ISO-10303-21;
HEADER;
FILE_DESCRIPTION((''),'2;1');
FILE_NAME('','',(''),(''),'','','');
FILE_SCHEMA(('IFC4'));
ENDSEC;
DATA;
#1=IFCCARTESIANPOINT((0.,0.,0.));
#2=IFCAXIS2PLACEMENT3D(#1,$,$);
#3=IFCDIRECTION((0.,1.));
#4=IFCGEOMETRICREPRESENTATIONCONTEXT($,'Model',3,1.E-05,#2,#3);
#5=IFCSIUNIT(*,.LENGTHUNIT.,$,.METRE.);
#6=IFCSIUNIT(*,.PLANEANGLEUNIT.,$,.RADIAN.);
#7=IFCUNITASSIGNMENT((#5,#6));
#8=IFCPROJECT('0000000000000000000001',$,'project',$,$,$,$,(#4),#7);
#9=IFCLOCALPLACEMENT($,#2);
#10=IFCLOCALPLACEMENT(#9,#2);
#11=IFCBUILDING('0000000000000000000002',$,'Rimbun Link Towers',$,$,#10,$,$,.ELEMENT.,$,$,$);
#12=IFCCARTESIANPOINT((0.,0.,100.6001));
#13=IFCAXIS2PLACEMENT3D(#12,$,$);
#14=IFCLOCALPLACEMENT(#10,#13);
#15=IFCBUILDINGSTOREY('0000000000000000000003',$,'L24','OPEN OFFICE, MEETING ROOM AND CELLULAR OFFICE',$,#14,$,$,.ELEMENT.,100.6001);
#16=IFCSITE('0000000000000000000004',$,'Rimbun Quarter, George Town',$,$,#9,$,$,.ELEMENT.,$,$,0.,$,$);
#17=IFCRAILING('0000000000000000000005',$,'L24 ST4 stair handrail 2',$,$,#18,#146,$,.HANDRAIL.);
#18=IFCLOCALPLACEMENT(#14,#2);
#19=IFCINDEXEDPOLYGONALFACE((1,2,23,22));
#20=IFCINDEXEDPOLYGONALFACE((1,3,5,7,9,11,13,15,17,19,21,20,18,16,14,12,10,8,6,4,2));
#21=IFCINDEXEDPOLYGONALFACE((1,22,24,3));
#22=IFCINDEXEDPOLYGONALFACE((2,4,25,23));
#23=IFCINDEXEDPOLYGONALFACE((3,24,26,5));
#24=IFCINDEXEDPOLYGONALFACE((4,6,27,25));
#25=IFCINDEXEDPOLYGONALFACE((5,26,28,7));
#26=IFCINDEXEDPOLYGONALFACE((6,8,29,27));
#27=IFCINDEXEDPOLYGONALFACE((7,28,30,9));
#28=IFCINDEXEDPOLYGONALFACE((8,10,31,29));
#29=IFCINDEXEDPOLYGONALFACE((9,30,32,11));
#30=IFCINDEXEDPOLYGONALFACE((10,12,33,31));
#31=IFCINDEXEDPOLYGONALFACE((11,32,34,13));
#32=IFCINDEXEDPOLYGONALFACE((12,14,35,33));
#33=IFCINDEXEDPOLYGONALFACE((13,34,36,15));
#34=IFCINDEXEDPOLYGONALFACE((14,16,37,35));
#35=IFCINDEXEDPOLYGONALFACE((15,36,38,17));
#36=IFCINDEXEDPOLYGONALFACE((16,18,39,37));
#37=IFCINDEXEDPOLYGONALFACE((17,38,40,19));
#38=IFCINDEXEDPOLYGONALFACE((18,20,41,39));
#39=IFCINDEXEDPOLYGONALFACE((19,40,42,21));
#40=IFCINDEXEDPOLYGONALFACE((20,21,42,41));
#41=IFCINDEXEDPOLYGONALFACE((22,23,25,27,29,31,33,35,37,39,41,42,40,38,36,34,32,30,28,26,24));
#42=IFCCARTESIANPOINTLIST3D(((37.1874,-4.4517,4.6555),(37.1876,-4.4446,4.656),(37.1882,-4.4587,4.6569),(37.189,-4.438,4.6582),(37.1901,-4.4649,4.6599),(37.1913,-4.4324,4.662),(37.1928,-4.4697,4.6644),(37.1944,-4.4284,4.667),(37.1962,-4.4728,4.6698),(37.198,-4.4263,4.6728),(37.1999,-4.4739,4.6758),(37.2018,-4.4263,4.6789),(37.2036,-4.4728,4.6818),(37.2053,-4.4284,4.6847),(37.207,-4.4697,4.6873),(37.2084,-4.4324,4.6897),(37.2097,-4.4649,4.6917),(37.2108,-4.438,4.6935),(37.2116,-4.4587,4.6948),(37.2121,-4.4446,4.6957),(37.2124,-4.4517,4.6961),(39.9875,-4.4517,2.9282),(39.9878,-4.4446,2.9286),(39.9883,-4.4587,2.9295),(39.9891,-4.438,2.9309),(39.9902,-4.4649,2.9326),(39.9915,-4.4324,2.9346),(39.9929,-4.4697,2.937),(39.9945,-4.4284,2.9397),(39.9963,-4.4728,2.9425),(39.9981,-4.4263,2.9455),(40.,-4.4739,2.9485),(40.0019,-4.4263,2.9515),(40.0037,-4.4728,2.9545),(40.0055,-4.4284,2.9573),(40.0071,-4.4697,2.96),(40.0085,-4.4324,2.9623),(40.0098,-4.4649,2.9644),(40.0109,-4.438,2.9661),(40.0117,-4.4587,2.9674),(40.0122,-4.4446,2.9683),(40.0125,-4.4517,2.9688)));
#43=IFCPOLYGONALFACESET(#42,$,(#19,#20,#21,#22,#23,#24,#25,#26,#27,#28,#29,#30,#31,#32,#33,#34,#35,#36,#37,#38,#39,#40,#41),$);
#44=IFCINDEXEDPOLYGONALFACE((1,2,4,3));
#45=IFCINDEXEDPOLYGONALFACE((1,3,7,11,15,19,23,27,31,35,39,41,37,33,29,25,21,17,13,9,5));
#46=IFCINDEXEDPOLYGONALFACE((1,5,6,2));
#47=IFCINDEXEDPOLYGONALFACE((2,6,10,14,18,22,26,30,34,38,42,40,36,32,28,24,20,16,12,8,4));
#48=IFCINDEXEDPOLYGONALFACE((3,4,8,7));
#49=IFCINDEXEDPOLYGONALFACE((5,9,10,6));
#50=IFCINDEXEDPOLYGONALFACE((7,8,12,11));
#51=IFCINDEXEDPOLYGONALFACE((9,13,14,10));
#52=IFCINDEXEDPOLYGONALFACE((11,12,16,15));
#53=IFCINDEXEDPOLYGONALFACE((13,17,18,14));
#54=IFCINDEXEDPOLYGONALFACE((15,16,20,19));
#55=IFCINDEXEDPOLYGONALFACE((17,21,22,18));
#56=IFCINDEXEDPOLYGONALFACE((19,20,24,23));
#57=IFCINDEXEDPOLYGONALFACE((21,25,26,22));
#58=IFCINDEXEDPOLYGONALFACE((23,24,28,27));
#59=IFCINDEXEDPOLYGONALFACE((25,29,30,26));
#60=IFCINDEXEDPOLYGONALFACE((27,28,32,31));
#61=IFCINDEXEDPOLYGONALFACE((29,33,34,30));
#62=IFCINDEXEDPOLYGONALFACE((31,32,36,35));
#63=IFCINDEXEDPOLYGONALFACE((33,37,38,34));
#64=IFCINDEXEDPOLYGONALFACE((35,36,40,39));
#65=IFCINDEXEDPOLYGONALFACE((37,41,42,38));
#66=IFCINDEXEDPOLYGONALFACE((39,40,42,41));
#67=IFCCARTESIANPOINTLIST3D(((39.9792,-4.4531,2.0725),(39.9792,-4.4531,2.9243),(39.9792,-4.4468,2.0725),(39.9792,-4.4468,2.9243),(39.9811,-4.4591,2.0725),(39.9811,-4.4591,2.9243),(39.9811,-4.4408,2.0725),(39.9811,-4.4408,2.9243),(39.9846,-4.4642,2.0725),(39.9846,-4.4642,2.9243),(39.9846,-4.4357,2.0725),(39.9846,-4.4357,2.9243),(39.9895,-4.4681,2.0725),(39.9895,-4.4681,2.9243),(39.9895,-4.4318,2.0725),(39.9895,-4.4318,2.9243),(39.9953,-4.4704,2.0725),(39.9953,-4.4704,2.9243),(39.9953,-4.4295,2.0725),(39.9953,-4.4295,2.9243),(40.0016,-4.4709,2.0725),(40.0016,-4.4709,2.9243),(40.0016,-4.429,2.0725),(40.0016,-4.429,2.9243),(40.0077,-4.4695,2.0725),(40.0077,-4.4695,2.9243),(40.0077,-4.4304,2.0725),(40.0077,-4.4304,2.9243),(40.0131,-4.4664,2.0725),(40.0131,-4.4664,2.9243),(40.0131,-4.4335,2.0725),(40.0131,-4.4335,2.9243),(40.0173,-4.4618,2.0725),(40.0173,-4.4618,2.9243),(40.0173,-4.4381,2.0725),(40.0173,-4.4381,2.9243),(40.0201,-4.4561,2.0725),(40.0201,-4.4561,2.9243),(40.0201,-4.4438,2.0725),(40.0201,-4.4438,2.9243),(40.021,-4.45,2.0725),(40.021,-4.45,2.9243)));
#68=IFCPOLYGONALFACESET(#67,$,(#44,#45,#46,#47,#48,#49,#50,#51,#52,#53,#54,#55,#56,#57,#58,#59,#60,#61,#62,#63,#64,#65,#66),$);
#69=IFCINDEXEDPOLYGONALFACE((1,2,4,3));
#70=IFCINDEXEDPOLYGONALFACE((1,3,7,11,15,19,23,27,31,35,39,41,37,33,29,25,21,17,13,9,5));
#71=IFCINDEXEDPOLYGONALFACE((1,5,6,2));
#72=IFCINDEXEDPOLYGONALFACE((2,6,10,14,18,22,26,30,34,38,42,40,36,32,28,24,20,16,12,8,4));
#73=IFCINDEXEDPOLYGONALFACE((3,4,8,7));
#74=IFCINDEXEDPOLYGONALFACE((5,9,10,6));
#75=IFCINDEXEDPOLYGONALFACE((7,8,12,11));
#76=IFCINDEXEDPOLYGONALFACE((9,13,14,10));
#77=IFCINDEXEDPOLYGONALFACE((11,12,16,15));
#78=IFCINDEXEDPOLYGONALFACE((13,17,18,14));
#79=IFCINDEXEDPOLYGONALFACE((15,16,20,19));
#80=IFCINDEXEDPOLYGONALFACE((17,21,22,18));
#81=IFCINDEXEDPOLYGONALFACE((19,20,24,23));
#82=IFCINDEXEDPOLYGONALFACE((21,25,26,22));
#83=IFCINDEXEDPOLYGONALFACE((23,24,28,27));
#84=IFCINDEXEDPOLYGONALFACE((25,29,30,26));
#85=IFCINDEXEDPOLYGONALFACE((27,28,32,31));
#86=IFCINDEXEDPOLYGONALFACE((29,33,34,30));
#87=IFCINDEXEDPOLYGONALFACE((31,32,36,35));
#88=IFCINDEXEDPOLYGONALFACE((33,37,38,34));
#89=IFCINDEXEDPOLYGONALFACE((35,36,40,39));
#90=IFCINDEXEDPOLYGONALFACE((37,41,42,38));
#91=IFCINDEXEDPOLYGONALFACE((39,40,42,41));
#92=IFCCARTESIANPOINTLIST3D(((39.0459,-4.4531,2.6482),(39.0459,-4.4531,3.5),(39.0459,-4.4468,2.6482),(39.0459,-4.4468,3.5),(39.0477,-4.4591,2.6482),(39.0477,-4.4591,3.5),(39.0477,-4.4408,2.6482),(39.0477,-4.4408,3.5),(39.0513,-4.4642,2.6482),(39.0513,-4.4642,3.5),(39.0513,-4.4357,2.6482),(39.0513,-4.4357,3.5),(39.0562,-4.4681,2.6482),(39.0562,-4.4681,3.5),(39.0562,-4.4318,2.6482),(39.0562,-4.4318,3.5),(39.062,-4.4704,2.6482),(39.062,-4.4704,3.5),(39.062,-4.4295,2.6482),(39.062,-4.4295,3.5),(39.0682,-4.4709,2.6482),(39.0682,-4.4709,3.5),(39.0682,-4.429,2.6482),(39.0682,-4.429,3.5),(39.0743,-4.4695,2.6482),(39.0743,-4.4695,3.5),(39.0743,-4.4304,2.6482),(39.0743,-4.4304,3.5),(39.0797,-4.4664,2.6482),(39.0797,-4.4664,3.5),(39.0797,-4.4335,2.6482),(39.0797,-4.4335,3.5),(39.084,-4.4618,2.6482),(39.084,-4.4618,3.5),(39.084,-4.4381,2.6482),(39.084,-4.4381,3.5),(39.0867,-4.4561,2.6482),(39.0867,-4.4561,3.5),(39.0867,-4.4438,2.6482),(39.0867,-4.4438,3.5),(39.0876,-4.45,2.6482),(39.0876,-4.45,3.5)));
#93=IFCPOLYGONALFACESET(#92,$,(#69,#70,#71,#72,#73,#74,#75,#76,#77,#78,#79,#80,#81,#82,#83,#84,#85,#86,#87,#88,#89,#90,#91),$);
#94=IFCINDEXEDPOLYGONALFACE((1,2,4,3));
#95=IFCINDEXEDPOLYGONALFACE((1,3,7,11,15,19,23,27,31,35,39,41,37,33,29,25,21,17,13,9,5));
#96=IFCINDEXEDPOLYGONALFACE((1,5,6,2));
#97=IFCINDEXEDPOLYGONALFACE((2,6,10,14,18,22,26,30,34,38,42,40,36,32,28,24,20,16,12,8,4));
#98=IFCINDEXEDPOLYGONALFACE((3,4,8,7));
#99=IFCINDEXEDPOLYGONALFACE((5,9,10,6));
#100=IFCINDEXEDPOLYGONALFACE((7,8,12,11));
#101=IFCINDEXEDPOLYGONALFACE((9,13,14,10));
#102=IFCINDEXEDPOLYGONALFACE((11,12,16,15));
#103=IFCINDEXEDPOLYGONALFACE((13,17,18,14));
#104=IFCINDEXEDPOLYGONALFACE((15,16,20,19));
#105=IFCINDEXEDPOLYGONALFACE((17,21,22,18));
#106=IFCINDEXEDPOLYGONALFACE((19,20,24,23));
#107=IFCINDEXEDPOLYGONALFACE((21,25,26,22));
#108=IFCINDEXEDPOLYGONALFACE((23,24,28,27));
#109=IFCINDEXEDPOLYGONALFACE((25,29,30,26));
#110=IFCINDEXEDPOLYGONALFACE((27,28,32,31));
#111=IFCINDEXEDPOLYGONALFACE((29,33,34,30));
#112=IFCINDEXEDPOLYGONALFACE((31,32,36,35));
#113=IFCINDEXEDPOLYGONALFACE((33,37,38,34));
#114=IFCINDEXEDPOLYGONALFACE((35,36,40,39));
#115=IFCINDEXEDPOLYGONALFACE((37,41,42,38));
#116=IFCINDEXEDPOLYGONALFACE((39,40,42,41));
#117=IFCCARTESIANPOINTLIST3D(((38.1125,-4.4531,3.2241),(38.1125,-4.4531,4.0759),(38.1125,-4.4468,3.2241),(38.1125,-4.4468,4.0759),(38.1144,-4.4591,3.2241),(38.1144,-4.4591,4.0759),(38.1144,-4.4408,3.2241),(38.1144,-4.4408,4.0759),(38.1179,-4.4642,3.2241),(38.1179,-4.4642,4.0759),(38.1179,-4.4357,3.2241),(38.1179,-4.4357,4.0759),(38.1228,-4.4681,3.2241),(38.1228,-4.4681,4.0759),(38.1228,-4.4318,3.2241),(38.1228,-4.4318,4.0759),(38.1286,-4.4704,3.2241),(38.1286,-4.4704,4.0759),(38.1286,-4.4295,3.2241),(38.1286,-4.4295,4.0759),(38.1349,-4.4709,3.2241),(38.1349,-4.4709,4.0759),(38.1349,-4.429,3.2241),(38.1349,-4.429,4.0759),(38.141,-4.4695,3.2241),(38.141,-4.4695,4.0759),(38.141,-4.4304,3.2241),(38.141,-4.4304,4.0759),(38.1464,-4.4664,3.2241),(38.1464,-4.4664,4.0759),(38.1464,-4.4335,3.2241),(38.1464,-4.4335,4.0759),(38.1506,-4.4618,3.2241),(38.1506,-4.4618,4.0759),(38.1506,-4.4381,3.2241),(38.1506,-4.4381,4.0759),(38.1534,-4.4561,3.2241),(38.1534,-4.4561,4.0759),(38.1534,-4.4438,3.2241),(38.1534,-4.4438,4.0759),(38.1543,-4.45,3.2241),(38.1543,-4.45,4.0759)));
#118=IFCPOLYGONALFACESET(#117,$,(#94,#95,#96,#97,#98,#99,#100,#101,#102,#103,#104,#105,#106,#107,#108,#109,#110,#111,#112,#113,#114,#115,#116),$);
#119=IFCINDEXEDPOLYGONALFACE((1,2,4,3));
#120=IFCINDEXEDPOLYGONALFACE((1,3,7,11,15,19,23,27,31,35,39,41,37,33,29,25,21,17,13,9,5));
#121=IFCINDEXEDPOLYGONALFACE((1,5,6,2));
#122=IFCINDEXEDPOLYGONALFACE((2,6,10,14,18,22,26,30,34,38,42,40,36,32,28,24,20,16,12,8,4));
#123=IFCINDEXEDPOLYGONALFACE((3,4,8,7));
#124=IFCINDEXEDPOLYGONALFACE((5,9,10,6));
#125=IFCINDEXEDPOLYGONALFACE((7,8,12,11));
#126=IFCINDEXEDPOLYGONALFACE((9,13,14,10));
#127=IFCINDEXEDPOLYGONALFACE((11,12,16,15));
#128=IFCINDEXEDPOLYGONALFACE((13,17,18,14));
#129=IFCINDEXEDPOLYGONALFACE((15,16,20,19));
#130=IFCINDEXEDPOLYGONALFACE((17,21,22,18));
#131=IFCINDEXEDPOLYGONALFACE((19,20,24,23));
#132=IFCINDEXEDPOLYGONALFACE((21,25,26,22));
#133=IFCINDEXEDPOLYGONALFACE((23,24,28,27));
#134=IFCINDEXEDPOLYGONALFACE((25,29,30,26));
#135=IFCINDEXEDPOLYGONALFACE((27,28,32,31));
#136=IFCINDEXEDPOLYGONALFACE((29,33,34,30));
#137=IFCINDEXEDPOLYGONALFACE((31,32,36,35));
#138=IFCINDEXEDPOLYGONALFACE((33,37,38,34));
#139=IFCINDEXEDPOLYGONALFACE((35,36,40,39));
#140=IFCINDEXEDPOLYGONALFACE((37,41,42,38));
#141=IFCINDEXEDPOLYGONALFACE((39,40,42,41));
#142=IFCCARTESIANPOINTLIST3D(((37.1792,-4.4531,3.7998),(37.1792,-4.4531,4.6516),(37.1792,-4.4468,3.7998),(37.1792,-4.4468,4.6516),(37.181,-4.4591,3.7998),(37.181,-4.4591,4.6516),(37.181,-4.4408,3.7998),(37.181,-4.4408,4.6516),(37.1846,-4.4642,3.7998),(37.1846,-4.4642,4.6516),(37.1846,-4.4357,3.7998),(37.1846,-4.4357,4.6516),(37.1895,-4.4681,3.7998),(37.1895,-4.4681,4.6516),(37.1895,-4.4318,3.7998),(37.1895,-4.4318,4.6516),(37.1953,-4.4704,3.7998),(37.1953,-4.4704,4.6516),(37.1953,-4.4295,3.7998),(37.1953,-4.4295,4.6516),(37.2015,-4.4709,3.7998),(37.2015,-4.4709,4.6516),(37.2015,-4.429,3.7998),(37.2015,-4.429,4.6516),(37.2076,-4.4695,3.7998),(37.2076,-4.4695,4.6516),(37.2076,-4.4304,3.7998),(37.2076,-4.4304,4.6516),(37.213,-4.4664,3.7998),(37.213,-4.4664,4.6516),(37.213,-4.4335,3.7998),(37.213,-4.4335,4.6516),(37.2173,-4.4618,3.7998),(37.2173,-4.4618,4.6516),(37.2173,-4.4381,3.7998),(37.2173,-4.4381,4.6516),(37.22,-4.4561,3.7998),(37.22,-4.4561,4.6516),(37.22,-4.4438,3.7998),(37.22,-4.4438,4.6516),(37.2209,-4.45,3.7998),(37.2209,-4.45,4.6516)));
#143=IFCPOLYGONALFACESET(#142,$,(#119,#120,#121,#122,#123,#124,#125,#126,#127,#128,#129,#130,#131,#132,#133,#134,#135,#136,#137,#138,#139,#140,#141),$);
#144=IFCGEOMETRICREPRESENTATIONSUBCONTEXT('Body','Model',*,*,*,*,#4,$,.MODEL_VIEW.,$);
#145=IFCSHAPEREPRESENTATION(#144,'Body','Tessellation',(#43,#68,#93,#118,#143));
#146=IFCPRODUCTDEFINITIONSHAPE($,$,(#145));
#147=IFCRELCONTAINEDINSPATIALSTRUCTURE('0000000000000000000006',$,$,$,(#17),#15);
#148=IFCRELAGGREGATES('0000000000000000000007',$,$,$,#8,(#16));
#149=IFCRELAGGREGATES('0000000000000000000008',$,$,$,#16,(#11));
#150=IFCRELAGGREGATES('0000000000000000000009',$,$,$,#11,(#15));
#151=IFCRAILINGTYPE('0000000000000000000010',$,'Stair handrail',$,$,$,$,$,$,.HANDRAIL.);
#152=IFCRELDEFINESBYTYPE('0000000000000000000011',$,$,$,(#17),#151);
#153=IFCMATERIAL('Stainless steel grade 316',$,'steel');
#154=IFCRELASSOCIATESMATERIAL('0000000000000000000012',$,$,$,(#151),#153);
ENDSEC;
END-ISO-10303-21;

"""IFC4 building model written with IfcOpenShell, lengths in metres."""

from ifc_helpers import new_model, si_unit, direction, frame, origin, origin_2d, place, context, subcontext, project, spatial, circle, extrude, material, type_object, element, save


model = new_model("IFC4")

# Units and contexts
model_context = context("Model", 3, precision=1e-05, world=origin(), true_north=direction((0.0, 1.0)))
body_context = subcontext(model_context, "Body", "Model", "MODEL_VIEW")
ifc_project = project(units=[si_unit("LENGTHUNIT", "METRE"), si_unit("PLANEANGLEUNIT", "RADIAN")], contexts=[model_context])

# Site, building, storey
site_placement = place(None, origin())
site = spatial("IfcSite", under=ifc_project, at=site_placement, Name="Rimbun Quarter, George Town", CompositionType="ELEMENT", RefElevation=0.0)
building_placement = place(site_placement, origin())
building = spatial("IfcBuilding", under=site, at=building_placement, Name="Rimbun Link Towers", CompositionType="ELEMENT")
storey_placement = place(building_placement, frame((0.0, 0.0, 100.6001)))
storey = spatial("IfcBuildingStorey", under=building, at=storey_placement, Name="L24", Description="OPEN OFFICE, MEETING ROOM AND CELLULAR OFFICE", CompositionType="ELEMENT", Elevation=100.6001)

# Railing
ifc_material_1 = material(Name="Stainless steel grade 316", Category="steel")
railing_type = type_object("IfcRailingType", Name="Stair handrail", PredefinedType="HANDRAIL", material=ifc_material_1)
railing_placement = place(storey_placement, frame((40.0, -4.45, 2.0725)))
element("IfcRailing", 1, at=railing_placement, inside=storey, type_object=railing_type, Name="L24 ST4 stair handrail 2", PredefinedType="HANDRAIL", context=body_context, shape_type="SweptSolid", body=[
    extrude(circle(Radius=0.0239, at=origin_2d()), frame((0.0, 0.0, 0.876), z_axis=(-0.85109, 0.0, 0.52502), x_axis=(0.0, -1.0, 0.0)), (0.0, 0.0, 1.0), 3.29),
    extrude(circle(Radius=0.021, at=origin_2d()), origin(), (0.0, 0.0, 1.0), 0.8518),
    extrude(circle(Radius=0.021, at=origin_2d()), frame((-0.9333, 0.0, 0.5757)), (0.0, 0.0, 1.0), 0.8518),
    extrude(circle(Radius=0.021, at=origin_2d()), frame((-1.8667, 0.0, 1.1516)), (0.0, 0.0, 1.0), 0.8518),
    extrude(circle(Radius=0.021, at=origin_2d()), frame((-2.8, 0.0, 1.7273)), (0.0, 0.0, 1.0), 0.8518),
])

save(model, "model.ifc")
